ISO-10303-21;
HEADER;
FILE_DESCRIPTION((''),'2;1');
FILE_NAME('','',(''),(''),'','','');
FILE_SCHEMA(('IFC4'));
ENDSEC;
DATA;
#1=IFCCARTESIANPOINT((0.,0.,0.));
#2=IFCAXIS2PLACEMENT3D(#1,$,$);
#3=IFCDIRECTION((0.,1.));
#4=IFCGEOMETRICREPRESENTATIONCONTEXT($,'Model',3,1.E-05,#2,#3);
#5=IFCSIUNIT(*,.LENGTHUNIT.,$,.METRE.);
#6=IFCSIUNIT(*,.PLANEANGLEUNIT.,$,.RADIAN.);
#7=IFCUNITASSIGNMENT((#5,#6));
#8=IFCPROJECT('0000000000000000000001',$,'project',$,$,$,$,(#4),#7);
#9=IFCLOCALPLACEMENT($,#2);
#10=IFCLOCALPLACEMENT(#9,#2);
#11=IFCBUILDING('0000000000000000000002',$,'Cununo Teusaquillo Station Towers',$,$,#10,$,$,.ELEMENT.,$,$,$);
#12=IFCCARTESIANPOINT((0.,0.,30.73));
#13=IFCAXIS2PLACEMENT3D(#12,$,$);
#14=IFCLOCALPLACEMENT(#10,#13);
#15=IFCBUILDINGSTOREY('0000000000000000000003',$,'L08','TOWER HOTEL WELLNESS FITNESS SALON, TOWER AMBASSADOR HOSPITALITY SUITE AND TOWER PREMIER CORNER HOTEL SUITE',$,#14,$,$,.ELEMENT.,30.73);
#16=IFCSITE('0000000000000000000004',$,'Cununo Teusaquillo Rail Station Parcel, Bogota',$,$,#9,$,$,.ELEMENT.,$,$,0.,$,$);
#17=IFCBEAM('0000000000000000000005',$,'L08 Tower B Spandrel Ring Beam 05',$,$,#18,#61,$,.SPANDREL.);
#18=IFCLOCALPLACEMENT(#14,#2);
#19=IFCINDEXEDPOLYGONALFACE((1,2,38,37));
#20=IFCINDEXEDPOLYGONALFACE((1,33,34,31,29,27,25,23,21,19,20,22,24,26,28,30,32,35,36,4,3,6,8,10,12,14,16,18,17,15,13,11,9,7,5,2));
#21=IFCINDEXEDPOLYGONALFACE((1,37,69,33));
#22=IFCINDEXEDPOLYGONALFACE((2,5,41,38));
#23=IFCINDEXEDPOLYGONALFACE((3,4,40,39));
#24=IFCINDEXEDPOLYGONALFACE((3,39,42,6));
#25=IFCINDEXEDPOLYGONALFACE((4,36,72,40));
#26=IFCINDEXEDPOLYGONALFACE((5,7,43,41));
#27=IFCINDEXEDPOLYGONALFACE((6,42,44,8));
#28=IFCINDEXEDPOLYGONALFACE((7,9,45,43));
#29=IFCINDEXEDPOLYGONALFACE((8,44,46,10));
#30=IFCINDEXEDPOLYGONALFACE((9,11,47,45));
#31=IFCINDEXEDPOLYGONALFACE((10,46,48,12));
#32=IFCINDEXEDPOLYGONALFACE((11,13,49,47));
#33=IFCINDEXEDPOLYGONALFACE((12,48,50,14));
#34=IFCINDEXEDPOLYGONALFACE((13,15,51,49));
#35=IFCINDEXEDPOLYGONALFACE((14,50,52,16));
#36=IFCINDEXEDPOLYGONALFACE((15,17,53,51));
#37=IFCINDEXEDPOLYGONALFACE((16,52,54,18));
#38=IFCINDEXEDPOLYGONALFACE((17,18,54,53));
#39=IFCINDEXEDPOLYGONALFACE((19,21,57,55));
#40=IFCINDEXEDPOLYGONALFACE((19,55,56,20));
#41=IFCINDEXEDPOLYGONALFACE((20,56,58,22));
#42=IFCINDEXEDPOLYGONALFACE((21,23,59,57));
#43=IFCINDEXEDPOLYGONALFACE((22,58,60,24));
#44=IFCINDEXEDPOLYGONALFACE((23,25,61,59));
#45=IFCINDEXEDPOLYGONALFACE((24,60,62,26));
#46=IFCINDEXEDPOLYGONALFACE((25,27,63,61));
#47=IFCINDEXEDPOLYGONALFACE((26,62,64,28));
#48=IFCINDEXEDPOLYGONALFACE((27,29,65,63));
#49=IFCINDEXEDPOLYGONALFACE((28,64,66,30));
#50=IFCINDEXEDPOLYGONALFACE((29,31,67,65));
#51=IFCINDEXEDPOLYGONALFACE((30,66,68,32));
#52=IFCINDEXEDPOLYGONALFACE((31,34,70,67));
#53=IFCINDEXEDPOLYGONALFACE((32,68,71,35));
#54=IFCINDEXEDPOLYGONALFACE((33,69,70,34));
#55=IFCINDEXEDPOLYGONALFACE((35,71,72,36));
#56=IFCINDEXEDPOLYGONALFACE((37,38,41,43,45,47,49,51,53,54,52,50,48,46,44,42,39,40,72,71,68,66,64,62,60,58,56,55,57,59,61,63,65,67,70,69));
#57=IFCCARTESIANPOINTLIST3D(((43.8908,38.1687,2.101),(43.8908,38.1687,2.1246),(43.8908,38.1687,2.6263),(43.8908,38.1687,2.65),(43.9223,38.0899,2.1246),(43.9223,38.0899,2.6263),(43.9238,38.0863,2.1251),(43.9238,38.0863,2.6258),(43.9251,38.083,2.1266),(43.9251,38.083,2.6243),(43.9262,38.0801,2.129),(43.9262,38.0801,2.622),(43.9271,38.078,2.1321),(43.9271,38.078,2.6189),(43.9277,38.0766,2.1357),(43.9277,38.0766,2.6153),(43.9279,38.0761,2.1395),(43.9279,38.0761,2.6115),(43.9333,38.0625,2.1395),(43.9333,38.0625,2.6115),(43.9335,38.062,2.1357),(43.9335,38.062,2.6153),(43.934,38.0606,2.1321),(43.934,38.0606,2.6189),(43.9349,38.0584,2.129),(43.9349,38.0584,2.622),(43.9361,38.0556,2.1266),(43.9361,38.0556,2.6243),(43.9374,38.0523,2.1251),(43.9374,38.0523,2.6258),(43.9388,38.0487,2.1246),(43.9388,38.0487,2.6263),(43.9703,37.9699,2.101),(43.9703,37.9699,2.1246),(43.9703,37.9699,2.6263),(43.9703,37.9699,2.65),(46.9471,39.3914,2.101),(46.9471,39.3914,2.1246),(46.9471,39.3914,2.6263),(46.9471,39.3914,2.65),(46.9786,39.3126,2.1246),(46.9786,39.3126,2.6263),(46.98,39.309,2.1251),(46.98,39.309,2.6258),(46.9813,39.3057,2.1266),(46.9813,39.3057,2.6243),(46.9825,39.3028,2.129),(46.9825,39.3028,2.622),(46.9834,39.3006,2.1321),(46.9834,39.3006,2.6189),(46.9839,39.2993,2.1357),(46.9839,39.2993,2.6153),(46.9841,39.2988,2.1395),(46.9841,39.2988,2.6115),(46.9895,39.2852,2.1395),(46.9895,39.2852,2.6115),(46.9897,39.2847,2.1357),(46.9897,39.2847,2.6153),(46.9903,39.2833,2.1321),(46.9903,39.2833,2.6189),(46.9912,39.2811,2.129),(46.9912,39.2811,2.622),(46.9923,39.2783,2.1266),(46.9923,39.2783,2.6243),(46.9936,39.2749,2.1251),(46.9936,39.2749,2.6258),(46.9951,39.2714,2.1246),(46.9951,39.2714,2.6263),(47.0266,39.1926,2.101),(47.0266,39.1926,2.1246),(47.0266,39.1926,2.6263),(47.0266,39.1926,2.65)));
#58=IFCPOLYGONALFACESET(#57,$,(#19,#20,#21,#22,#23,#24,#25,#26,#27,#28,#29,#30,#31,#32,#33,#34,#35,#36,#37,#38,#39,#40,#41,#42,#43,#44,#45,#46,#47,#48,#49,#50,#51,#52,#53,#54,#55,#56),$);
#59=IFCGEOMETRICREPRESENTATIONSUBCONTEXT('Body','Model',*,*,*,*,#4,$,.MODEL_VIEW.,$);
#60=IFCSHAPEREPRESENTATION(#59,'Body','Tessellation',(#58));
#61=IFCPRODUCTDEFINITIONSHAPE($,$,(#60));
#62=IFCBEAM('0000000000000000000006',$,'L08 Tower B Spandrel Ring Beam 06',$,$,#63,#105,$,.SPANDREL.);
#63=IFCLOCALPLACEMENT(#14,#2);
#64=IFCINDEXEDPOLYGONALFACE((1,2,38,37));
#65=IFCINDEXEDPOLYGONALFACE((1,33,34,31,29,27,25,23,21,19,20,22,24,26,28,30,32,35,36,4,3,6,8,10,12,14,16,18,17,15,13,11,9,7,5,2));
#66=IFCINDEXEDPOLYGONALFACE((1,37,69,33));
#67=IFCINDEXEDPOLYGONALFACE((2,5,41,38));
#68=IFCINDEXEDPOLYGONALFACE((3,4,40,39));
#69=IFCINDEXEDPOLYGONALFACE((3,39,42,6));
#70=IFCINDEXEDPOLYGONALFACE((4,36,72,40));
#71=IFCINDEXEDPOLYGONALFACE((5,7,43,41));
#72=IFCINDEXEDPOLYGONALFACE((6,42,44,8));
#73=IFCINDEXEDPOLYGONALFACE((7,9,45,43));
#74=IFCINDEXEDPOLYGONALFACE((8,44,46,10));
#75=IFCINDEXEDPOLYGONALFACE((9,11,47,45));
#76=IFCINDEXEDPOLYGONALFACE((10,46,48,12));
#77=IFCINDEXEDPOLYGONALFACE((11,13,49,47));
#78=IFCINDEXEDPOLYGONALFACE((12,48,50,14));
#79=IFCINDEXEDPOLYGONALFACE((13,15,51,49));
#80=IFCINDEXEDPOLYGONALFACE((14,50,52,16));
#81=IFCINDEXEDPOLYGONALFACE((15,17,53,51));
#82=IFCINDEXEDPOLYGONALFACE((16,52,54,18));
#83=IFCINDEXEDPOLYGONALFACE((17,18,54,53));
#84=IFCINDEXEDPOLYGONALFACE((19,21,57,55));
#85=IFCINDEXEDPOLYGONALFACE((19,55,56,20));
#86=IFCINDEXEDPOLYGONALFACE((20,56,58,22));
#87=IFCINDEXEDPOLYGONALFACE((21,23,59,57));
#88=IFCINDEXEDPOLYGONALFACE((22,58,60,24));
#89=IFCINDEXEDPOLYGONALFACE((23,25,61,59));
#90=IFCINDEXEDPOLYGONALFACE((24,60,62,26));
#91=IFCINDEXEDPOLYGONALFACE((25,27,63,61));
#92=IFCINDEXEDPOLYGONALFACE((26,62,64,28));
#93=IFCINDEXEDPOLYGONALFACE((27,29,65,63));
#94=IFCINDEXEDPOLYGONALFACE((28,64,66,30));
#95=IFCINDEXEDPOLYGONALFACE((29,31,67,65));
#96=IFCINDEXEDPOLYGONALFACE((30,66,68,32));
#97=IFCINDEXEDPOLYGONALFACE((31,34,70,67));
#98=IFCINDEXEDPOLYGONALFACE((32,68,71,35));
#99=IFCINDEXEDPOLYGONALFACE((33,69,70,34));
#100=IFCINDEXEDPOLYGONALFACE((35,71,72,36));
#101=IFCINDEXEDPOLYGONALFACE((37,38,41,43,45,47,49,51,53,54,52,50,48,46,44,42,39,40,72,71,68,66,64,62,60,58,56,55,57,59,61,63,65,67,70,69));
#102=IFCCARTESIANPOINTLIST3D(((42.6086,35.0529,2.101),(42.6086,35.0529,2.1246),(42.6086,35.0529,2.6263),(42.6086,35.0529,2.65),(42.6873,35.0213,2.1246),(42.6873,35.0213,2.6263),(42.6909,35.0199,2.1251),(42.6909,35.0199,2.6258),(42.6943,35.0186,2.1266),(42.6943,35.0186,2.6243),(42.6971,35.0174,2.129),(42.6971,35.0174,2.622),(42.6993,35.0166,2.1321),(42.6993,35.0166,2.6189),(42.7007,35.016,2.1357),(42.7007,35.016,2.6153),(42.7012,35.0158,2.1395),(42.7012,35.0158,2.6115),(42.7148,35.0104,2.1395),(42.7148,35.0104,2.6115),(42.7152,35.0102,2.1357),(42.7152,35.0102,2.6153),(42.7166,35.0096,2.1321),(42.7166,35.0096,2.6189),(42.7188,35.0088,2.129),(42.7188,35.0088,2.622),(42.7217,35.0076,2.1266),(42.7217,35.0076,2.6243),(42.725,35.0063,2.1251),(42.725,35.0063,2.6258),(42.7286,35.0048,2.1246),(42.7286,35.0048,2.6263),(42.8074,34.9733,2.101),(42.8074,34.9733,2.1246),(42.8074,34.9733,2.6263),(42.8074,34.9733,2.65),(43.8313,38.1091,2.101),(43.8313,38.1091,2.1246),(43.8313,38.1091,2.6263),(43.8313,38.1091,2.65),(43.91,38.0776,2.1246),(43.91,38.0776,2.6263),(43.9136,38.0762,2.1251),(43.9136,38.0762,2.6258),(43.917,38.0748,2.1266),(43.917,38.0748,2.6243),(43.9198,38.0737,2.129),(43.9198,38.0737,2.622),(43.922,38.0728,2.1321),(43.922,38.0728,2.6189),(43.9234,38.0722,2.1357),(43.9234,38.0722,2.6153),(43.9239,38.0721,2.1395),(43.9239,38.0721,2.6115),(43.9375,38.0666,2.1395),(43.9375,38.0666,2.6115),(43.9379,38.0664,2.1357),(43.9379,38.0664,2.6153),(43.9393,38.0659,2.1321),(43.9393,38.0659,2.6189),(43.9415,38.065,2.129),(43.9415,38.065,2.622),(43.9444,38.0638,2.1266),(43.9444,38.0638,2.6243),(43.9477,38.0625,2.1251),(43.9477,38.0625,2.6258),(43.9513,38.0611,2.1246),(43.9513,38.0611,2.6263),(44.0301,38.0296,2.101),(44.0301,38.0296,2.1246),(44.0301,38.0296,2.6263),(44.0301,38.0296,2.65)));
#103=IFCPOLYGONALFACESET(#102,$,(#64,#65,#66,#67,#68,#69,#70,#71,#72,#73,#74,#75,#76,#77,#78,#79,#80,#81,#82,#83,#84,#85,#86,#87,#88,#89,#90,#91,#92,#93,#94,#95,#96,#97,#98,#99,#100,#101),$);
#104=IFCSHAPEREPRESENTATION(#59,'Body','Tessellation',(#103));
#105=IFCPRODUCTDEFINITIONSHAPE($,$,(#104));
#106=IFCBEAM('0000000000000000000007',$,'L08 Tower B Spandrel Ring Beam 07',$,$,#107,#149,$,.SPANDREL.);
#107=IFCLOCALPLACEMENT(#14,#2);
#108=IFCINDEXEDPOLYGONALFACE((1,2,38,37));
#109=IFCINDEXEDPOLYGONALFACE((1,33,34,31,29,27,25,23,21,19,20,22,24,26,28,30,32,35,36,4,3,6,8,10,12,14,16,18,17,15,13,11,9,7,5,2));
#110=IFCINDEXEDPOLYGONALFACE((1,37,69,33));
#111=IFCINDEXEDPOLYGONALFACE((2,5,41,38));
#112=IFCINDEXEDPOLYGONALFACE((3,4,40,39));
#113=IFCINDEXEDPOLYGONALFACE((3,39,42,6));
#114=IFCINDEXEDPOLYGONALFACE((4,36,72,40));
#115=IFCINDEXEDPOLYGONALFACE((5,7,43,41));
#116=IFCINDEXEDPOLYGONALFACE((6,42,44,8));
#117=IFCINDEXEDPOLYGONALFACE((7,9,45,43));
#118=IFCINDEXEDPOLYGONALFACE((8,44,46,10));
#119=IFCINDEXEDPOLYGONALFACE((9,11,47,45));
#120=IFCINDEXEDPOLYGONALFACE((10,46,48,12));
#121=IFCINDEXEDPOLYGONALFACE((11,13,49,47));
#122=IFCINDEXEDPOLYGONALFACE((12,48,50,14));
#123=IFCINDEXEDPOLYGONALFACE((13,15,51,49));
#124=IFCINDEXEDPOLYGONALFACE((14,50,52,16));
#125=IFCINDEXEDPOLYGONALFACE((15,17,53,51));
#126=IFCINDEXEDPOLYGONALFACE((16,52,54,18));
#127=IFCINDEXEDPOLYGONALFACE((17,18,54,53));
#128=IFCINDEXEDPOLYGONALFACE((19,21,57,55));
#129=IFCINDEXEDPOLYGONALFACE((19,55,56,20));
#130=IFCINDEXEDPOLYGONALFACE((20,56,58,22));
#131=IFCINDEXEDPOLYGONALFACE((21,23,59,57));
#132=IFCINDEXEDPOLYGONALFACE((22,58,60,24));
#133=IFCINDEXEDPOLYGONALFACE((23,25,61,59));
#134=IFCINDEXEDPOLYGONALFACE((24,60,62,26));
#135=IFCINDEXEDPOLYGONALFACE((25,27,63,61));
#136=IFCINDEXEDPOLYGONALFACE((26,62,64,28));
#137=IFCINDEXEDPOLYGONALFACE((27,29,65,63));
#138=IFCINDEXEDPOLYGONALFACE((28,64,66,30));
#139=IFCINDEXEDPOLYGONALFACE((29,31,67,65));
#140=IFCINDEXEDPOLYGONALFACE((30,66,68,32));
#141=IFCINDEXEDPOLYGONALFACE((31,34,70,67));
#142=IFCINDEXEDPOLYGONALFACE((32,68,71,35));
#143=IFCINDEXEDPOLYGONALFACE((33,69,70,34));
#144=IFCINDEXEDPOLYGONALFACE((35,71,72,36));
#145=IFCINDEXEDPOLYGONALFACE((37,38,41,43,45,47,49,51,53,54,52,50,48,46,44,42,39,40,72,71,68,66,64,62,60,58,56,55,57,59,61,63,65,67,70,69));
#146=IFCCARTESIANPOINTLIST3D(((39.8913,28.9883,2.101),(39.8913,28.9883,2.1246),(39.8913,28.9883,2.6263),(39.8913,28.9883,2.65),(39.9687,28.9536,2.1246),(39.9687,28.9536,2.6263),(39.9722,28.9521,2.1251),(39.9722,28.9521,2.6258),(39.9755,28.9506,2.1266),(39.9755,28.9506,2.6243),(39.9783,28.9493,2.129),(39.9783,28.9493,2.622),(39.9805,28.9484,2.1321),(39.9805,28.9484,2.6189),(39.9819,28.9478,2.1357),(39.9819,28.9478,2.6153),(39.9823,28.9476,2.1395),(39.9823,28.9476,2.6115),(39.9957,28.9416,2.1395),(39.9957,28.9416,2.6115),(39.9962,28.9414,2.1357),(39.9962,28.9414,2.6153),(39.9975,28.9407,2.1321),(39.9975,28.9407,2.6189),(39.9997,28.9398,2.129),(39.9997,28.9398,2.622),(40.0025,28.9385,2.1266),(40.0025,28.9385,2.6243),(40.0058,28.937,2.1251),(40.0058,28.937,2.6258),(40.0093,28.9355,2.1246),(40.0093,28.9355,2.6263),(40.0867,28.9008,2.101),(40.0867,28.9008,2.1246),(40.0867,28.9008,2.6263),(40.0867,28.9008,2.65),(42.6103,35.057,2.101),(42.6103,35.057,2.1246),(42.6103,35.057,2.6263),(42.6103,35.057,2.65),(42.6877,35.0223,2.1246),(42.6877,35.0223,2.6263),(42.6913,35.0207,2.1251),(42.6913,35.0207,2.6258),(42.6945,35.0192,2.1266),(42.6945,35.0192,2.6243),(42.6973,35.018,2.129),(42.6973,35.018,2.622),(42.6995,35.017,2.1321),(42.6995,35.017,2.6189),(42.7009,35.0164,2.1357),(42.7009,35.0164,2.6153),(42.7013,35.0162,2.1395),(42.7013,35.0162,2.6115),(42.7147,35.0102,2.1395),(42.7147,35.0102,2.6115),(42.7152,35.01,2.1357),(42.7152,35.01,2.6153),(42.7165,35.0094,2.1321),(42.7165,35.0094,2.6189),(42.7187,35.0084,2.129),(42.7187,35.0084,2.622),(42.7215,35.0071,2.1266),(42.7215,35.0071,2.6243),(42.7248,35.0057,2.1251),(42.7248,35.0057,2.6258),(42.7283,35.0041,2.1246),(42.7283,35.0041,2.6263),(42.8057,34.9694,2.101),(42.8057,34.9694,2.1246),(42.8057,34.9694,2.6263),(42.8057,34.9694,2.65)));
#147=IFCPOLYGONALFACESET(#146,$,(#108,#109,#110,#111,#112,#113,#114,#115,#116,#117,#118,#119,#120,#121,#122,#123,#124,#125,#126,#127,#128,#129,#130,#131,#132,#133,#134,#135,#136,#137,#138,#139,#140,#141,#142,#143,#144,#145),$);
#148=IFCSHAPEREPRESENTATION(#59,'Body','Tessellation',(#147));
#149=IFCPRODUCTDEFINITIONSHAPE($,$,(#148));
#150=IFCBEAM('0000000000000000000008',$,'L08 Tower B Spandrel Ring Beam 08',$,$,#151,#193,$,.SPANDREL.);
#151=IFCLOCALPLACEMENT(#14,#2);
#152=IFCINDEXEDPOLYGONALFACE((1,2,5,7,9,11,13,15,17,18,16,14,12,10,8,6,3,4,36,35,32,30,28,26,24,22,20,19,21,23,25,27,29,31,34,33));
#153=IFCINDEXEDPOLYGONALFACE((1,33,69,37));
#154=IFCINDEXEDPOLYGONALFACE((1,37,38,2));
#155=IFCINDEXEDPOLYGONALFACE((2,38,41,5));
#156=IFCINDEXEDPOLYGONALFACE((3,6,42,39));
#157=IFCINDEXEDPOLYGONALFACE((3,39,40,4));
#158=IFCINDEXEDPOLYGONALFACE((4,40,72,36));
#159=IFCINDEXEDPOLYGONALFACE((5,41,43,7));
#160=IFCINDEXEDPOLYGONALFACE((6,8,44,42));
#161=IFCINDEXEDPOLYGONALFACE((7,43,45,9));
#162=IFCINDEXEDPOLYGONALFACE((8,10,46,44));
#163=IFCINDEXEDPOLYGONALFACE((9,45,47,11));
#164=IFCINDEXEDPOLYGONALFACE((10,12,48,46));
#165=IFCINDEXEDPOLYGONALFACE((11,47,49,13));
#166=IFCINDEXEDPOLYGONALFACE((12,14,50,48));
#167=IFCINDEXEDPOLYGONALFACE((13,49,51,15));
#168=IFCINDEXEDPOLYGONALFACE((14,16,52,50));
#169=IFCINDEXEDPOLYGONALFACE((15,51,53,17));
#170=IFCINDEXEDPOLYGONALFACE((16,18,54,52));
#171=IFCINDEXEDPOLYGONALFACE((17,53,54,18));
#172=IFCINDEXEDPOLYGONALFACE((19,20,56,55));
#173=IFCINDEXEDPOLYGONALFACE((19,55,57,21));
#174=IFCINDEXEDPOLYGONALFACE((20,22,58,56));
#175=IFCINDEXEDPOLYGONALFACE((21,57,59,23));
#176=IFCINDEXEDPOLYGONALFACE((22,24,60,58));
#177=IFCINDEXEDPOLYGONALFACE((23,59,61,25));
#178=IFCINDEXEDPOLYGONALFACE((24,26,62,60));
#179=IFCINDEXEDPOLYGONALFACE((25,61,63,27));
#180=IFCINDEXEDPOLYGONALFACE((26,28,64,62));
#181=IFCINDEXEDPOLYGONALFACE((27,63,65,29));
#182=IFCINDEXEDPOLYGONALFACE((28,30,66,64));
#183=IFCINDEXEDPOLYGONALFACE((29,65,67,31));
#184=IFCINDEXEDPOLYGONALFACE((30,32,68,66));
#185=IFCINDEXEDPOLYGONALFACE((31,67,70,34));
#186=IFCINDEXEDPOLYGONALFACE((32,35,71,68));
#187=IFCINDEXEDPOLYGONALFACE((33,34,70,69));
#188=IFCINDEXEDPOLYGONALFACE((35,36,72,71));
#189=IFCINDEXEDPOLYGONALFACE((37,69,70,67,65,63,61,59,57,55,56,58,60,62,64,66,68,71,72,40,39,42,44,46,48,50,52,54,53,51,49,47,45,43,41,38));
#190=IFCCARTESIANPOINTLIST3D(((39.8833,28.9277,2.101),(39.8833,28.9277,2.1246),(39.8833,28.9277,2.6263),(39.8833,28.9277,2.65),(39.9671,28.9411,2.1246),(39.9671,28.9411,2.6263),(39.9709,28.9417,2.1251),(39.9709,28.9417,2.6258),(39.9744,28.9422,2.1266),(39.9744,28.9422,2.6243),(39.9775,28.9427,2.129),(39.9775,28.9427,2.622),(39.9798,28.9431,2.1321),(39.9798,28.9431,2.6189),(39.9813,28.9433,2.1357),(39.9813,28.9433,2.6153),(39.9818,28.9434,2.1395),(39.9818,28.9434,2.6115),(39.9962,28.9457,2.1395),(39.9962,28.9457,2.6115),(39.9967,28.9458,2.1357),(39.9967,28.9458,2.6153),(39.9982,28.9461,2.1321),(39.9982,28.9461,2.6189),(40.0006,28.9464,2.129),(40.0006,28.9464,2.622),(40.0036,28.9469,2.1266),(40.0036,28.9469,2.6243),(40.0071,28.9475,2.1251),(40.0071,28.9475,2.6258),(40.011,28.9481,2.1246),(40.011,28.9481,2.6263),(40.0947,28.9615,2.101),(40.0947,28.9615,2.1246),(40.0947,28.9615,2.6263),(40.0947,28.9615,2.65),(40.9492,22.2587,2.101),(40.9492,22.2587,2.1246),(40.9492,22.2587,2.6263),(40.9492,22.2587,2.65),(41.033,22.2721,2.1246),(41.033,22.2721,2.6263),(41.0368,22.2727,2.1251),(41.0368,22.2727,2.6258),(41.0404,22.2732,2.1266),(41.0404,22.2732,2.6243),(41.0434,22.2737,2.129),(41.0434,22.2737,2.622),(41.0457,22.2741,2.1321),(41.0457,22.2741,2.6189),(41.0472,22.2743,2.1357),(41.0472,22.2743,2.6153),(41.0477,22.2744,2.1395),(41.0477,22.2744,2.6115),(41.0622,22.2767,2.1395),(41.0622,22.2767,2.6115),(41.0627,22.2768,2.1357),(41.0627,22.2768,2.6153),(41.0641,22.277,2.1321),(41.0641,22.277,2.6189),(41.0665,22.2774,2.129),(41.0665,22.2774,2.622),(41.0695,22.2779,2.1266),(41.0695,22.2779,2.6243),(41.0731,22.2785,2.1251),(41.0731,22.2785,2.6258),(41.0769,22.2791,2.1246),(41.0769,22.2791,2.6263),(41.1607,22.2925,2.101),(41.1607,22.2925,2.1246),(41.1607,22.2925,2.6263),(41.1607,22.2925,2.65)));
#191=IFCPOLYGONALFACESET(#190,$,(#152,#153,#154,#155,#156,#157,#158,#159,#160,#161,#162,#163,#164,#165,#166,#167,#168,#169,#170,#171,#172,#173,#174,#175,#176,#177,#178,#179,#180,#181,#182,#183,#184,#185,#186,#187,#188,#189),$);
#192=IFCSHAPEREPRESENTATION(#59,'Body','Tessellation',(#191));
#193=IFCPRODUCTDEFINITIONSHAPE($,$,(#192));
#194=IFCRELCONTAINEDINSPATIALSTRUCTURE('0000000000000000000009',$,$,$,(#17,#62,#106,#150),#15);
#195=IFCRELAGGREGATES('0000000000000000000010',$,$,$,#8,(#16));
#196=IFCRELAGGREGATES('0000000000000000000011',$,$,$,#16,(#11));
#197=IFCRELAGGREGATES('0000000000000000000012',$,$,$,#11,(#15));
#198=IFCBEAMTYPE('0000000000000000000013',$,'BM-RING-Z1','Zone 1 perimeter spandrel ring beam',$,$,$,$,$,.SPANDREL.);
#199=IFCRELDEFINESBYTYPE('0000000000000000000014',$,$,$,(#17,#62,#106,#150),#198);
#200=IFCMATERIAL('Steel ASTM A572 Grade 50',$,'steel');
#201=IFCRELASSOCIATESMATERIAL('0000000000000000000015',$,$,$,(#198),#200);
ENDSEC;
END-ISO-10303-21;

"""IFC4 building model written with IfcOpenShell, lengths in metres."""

from ifc_helpers import new_model, si_unit, direction, frame, origin, origin_2d, place, context, subcontext, project, spatial, i_section, extrude, material, material_profile, profile_set, type_object, element, save


model = new_model("IFC4")

# Units and contexts
model_context = context("Model", 3, precision=1e-05, world=origin(), true_north=direction((0.0, 1.0)))
body_context = subcontext(model_context, "Body", "Model", "MODEL_VIEW")
ifc_project = project(units=[si_unit("LENGTHUNIT", "METRE"), si_unit("PLANEANGLEUNIT", "RADIAN")], contexts=[model_context])

# Site, building, storey
site_placement = place(None, origin())
site = spatial("IfcSite", under=ifc_project, at=site_placement, Name="Cununo Teusaquillo Rail Station Parcel, Bogota", CompositionType="ELEMENT", RefElevation=0.0)
building_placement = place(site_placement, origin())
building = spatial("IfcBuilding", under=site, at=building_placement, Name="Cununo Teusaquillo Station Towers", CompositionType="ELEMENT")
storey_placement = place(building_placement, frame((0.0, 0.0, 30.73)))
storey = spatial("IfcBuildingStorey", under=building, at=storey_placement, Name="L08", Description="TOWER HOTEL WELLNESS FITNESS SALON, TOWER AMBASSADOR HOSPITALITY SUITE AND TOWER PREMIER CORNER HOTEL SUITE", CompositionType="ELEMENT", Elevation=30.73)

# Beams
ifc_material_1 = material(Name="Steel ASTM A572 Grade 50", Category="steel")
ifc_material_profile_1 = material_profile(ifc_material_1, i_section(OverallWidth=0.2141, OverallDepth=0.5491, WebThickness=0.0146, FlangeThickness=0.0237, FilletRadius=0.0149, at=origin_2d()), Name="W21X93")
ifc_profile_set_1 = profile_set([ifc_material_profile_1], Name="Steel ASTM A572 Grade 50")
beam_type_1 = type_object("IfcBeamType", Name="BM-RING-Z1", Description="Zone 1 perimeter spandrel ring beam", PredefinedType="SPANDREL", material=ifc_profile_set_1)
for number, where, z_axis, x_axis, name in (
    (1, (46.9868, 39.292, 2.3755), (-0.928456, -0.371442, 0.0), (0.371442, -0.928456, 0.0), "L08 Tower B Spandrel Ring Beam 05"),
    (2, (43.9307, 38.0693, 2.3755), (-0.371442, -0.928456, 0.0), (0.928456, -0.371442, 0.0), "L08 Tower B Spandrel Ring Beam 06"),
):
    element("IfcBeam", number, at=place(storey_placement, frame(where, z_axis=z_axis, x_axis=x_axis)), inside=storey, type_object=beam_type_1, Name=name, PredefinedType="SPANDREL", context=body_context, shape_type="SweptSolid", body=[
        extrude(i_section(OverallWidth=0.2141, OverallDepth=0.5491, WebThickness=0.0146, FlangeThickness=0.0237, FilletRadius=0.0149, at=origin_2d()), origin(), (0.0, 0.0, 1.0), 3.2917),
    ])
beam_1_placement = place(storey_placement, frame((42.708, 35.0132, 2.3755), z_axis=(-0.408879, -0.912589, 0.0), x_axis=(0.912589, -0.408879, 0.0)))
element("IfcBeam", 3, at=beam_1_placement, inside=storey, type_object=beam_type_1, Name="L08 Tower B Spandrel Ring Beam 07", PredefinedType="SPANDREL", context=body_context, shape_type="SweptSolid", body=[
    extrude(i_section(OverallWidth=0.2141, OverallDepth=0.5491, WebThickness=0.0146, FlangeThickness=0.0237, FilletRadius=0.0149, at=origin_2d()), origin(), (0.0, 0.0, 1.0), 6.6499),
])
beam_2_placement = place(storey_placement, frame((39.989, 28.9446, 2.3755), z_axis=(0.15783, -0.987466, 0.0), x_axis=(0.987466, 0.15783, 0.0)))
element("IfcBeam", 4, at=beam_2_placement, inside=storey, type_object=beam_type_1, Name="L08 Tower B Spandrel Ring Beam 08", PredefinedType="SPANDREL", context=body_context, shape_type="SweptSolid", body=[
    extrude(i_section(OverallWidth=0.2141, OverallDepth=0.5491, WebThickness=0.0146, FlangeThickness=0.0237, FilletRadius=0.0149, at=origin_2d()), origin(), (0.0, 0.0, 1.0), 6.7537),
])

save(model, "model.ifc")
